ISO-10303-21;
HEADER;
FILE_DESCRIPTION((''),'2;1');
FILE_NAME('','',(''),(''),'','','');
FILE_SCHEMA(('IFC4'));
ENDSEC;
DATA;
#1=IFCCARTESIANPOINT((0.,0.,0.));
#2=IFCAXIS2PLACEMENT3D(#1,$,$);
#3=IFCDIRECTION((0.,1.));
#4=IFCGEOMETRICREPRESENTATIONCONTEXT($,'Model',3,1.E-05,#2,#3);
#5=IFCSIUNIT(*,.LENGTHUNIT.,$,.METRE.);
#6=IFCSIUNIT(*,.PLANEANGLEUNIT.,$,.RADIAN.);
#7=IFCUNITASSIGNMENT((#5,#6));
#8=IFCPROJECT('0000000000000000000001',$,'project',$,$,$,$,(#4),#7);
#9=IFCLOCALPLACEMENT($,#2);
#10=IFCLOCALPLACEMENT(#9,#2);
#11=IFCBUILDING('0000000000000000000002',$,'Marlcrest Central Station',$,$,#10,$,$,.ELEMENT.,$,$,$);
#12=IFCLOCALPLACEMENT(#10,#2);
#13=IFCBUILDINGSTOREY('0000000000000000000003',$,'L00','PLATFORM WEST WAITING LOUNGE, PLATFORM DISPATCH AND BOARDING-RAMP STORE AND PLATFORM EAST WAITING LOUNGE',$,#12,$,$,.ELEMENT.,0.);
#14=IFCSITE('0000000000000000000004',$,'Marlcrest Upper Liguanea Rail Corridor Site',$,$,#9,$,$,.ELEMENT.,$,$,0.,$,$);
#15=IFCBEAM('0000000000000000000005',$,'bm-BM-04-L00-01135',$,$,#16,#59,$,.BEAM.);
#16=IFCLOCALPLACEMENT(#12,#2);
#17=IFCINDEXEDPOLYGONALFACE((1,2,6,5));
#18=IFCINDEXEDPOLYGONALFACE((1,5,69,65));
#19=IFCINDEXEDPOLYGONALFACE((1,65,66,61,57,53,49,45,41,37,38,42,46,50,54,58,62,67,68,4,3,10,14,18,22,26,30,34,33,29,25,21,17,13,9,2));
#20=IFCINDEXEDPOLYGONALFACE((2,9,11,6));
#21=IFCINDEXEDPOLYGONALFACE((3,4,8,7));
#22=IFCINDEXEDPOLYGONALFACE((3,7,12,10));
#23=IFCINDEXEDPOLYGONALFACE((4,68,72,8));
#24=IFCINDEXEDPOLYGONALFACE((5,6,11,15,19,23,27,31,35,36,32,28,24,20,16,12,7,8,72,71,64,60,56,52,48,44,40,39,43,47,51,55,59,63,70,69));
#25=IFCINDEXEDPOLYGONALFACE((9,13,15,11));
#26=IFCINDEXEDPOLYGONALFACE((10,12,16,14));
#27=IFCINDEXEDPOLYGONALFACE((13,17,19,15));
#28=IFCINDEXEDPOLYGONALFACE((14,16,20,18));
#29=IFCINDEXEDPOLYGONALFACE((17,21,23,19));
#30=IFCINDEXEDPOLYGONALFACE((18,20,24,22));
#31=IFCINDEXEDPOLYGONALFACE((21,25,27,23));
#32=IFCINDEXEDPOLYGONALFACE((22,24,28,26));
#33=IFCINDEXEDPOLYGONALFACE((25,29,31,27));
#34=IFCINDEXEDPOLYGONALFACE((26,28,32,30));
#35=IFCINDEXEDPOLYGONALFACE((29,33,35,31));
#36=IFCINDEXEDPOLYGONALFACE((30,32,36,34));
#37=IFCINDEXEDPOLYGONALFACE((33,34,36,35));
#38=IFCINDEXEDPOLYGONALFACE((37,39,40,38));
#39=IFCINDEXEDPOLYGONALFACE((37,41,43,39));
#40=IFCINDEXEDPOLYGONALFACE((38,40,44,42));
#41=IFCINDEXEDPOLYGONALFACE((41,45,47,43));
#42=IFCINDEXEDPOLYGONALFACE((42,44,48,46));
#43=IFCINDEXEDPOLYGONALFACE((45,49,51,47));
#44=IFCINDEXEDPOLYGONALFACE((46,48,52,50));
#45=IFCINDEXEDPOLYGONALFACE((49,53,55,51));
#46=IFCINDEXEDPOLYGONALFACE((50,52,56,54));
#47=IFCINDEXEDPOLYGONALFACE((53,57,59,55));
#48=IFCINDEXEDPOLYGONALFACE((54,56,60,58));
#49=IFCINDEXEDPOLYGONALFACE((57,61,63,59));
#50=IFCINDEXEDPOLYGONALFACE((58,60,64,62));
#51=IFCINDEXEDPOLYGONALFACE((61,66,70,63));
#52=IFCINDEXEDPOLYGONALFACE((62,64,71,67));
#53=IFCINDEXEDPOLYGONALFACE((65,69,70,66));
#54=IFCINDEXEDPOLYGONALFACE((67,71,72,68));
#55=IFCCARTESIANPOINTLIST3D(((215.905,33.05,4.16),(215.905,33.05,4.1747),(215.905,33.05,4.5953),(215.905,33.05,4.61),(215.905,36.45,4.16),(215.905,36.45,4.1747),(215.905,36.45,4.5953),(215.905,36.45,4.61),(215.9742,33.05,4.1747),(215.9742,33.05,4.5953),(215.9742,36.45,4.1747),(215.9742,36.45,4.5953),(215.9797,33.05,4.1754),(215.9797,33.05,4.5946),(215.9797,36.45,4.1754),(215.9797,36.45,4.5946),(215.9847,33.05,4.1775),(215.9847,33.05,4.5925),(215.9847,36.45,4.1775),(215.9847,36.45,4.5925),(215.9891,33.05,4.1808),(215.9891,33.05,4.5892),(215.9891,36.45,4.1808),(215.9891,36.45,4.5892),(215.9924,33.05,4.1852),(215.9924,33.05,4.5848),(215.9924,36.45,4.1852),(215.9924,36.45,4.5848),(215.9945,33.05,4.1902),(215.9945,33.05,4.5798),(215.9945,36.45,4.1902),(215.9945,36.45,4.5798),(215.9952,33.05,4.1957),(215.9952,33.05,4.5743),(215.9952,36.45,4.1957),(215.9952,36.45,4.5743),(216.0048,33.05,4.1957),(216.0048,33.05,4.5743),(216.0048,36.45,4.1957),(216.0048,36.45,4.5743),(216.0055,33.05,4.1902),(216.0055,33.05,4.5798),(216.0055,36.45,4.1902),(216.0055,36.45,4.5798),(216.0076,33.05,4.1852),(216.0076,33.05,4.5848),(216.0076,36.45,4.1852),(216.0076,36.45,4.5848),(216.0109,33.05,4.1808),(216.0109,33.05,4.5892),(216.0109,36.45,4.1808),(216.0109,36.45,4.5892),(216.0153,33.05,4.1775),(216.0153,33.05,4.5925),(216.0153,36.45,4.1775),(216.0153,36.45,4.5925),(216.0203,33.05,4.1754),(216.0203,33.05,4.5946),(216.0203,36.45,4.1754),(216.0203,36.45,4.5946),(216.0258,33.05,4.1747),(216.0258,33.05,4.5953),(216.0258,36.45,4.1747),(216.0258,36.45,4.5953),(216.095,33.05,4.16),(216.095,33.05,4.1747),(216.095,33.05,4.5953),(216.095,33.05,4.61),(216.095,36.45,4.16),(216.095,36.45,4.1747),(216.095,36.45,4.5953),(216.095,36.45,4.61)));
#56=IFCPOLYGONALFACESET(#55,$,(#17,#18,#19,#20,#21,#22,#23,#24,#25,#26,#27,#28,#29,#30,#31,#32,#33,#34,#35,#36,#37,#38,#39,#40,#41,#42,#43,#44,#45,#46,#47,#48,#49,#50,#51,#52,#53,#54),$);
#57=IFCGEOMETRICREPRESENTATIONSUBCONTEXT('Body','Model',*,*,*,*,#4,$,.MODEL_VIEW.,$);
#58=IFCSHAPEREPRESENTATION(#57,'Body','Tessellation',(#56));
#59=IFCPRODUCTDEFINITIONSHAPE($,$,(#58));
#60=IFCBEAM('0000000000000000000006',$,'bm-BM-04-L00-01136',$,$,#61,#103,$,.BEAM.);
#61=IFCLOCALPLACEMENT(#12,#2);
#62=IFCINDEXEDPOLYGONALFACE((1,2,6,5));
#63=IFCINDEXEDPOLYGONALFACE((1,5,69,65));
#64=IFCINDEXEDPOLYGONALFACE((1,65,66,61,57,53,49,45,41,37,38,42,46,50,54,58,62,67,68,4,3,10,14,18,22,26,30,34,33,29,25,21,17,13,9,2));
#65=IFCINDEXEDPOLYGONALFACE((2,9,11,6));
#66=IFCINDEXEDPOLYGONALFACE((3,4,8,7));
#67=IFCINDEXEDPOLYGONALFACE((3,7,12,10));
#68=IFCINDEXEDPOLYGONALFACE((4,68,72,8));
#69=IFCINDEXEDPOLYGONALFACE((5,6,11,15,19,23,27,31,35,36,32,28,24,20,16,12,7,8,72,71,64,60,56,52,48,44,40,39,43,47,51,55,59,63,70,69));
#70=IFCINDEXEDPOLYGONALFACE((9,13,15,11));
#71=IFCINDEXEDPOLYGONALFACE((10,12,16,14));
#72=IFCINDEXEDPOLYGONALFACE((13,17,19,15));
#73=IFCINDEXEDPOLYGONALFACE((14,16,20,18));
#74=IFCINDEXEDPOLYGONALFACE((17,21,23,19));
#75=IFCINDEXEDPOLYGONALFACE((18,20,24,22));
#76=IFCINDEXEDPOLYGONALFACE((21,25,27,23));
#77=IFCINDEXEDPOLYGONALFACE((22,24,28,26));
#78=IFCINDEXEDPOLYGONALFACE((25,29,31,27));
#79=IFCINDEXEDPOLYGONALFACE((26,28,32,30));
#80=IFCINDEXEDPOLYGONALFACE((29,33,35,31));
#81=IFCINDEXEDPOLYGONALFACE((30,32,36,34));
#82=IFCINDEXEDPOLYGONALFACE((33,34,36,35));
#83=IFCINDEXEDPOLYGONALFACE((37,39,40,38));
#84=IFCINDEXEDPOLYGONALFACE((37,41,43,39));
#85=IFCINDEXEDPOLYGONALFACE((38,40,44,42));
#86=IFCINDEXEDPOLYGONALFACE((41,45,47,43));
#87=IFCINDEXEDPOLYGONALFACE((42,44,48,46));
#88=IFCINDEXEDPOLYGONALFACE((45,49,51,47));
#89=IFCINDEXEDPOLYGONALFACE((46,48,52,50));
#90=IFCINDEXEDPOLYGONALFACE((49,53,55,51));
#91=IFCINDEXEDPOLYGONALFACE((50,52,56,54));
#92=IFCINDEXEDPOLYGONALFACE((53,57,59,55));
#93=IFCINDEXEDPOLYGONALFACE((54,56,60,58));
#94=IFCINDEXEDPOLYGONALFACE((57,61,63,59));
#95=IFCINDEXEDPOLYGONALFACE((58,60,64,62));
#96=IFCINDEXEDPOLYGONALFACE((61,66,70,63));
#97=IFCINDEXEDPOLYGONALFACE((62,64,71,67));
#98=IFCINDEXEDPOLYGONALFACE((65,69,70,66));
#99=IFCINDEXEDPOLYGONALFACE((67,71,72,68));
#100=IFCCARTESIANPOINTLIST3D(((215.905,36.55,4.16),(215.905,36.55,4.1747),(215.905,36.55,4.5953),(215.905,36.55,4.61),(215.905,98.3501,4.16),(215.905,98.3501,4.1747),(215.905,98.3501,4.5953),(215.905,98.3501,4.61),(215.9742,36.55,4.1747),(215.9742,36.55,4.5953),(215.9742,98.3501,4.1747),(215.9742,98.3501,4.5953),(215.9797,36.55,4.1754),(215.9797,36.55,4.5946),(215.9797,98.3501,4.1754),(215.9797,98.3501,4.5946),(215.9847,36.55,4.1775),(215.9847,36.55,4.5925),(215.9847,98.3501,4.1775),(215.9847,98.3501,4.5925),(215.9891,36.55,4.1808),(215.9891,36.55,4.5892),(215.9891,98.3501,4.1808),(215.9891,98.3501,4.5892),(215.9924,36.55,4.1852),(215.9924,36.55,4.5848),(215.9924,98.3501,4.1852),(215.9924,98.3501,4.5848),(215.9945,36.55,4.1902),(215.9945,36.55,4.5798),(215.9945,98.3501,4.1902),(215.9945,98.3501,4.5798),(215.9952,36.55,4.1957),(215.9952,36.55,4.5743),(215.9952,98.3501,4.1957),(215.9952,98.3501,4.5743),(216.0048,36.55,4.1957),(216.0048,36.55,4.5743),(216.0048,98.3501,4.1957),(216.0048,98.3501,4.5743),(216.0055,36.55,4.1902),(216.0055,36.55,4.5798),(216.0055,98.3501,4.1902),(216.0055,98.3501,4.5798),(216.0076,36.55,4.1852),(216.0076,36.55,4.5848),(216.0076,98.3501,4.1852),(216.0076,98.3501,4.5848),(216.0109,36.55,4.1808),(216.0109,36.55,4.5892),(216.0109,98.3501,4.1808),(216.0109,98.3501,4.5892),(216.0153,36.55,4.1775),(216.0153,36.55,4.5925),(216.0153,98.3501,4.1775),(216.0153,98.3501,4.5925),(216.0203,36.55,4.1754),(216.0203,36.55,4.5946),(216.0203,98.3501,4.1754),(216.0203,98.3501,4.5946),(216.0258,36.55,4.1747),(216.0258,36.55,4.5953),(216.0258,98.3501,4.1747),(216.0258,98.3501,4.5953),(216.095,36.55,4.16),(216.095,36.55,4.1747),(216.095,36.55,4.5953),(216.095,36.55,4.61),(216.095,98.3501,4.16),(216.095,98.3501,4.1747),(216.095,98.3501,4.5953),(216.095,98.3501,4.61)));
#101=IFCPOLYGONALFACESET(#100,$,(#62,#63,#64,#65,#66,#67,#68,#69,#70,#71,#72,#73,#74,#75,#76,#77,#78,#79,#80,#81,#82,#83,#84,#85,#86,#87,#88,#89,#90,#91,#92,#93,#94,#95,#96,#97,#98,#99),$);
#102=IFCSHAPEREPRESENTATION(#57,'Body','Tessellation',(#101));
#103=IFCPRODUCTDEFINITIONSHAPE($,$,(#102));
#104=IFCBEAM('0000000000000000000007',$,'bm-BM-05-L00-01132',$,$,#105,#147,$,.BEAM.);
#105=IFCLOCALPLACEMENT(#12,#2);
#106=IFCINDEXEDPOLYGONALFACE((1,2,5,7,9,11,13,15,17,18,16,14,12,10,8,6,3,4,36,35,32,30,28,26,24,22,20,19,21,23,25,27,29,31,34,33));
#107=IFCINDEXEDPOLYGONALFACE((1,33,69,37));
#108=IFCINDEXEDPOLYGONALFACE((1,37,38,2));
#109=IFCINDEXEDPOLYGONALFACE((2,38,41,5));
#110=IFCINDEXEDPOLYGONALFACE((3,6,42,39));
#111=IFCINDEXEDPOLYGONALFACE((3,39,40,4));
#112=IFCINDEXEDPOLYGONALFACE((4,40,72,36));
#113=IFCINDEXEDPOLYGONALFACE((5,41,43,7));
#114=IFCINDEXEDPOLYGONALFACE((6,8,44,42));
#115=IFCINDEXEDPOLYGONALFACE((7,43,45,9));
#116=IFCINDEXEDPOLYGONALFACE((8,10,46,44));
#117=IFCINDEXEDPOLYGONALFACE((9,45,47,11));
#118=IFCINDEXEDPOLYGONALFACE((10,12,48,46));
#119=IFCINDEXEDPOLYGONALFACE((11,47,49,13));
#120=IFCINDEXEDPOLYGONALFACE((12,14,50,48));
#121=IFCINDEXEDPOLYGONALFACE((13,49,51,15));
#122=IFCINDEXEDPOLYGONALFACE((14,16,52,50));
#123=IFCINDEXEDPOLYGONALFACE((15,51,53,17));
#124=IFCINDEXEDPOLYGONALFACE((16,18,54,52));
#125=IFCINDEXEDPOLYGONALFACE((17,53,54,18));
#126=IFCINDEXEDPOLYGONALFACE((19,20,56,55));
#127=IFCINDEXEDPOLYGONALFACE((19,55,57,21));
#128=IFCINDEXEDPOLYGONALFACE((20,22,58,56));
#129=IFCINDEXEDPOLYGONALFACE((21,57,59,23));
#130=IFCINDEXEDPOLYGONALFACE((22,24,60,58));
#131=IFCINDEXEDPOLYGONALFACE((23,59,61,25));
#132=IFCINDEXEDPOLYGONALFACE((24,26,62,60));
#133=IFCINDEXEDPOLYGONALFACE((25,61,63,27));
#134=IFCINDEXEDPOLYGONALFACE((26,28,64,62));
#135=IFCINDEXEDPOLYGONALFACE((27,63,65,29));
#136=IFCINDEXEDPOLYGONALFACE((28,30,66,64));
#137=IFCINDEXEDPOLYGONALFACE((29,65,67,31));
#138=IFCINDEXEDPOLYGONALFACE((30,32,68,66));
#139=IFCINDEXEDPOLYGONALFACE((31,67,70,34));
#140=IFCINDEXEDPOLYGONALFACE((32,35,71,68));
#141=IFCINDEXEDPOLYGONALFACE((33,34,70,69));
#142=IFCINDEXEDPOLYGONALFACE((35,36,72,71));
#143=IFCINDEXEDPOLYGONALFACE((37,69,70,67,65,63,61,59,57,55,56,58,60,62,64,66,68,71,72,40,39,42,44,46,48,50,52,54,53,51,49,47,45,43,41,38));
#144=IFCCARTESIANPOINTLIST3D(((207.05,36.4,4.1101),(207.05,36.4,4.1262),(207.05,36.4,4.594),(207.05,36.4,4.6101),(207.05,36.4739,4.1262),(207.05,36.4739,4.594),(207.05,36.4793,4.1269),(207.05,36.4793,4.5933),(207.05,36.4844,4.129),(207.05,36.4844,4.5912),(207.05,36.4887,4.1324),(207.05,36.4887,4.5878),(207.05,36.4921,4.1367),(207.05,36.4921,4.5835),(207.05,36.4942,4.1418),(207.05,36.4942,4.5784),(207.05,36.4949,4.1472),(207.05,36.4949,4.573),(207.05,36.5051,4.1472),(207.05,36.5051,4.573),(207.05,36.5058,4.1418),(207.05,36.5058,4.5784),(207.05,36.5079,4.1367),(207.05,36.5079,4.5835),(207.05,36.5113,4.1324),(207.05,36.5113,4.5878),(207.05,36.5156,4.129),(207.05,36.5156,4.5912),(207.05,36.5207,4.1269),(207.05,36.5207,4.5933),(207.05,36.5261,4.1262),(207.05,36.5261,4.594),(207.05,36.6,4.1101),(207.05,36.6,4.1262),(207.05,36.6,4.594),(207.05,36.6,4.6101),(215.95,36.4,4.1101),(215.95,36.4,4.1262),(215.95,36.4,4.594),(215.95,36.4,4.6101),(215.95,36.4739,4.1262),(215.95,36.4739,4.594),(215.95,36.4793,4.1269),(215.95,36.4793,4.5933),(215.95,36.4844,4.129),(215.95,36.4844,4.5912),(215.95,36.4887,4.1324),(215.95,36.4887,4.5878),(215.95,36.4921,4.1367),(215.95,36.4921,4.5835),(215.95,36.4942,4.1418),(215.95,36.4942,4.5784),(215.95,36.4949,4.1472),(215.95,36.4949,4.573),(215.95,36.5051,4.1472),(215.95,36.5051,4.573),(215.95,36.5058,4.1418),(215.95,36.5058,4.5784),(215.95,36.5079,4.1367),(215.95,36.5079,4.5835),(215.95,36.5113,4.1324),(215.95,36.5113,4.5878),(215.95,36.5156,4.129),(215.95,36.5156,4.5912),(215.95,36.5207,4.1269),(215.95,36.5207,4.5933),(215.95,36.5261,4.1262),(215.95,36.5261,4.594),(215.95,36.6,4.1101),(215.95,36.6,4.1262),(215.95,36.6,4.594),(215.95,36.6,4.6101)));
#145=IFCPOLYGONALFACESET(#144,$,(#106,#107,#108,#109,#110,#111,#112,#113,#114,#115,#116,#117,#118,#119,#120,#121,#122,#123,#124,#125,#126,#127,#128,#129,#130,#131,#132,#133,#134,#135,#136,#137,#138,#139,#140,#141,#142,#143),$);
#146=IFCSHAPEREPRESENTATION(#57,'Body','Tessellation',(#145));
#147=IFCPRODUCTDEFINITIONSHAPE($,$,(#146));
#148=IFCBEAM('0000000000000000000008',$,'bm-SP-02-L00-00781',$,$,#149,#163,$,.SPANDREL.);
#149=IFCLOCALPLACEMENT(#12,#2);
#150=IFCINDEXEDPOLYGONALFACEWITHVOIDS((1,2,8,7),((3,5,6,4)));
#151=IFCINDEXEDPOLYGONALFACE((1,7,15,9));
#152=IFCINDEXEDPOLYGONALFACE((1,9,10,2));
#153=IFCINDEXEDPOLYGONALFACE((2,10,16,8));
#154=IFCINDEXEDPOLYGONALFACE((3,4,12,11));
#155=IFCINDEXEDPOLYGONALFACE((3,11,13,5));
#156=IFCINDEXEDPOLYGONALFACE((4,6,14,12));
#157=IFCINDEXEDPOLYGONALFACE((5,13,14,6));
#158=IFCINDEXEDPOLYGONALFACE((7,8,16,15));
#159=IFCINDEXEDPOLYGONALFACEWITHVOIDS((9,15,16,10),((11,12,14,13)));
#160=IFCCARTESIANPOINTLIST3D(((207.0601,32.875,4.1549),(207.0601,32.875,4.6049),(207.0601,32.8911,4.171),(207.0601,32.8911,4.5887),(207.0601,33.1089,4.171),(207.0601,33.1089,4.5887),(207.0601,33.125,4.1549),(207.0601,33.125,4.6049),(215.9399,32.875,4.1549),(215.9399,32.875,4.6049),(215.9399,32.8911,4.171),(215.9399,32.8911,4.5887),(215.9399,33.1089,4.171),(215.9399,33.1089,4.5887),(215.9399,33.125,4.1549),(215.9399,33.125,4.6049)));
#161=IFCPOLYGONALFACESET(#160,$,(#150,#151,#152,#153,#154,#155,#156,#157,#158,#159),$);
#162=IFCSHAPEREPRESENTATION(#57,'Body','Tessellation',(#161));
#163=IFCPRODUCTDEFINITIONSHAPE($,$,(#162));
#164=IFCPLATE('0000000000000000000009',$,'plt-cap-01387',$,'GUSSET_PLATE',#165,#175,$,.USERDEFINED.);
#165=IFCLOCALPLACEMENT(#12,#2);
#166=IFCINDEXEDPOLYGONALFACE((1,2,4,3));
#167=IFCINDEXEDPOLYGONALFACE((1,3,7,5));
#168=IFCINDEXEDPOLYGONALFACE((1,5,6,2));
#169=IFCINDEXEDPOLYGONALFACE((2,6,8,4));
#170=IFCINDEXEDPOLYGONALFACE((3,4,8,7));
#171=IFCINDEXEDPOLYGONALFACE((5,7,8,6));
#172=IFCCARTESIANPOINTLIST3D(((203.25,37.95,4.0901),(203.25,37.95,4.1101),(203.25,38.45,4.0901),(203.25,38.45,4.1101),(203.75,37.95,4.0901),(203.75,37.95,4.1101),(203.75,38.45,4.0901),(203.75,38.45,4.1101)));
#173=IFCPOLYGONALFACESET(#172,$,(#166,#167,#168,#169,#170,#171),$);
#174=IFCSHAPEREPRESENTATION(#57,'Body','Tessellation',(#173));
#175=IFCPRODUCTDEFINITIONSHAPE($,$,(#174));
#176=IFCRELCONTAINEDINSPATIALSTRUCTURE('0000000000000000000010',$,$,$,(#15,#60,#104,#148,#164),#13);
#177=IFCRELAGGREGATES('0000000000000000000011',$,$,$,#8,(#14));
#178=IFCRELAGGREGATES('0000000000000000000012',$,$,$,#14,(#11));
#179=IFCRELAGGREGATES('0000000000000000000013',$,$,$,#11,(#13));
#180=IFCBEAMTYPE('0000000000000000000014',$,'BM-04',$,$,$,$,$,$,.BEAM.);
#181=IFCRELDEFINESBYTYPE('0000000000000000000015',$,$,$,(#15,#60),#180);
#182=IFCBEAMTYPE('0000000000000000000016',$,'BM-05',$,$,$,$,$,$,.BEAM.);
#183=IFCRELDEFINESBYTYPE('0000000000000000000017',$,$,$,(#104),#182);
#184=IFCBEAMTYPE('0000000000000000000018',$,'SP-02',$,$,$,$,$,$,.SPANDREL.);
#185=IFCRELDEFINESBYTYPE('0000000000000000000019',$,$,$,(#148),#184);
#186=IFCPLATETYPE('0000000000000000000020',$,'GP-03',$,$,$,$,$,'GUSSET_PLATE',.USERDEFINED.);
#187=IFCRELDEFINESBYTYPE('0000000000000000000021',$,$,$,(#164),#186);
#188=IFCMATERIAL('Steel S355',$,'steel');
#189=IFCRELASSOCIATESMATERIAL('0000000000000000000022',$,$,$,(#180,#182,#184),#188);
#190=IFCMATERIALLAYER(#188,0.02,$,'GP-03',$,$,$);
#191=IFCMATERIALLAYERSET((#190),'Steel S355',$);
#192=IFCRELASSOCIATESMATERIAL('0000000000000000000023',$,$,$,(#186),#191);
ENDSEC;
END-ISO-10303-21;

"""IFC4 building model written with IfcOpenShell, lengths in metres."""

from ifc_helpers import new_model, si_unit, direction, frame, origin, origin_2d, place, context, subcontext, project, spatial, rectangle, hollow_rectangle, i_section, extrude, material, layer, layer_set, material_profile, profile_set, type_object, element, save


model = new_model("IFC4")

# Units and contexts
model_context = context("Model", 3, precision=1e-05, world=origin(), true_north=direction((0.0, 1.0)))
body_context = subcontext(model_context, "Body", "Model", "MODEL_VIEW")
ifc_project = project(units=[si_unit("LENGTHUNIT", "METRE"), si_unit("PLANEANGLEUNIT", "RADIAN")], contexts=[model_context])

# Site, building, storey
site_placement = place(None, origin())
site = spatial("IfcSite", under=ifc_project, at=site_placement, Name="Marlcrest Upper Liguanea Rail Corridor Site", CompositionType="ELEMENT", RefElevation=0.0)
building_placement = place(site_placement, origin())
building = spatial("IfcBuilding", under=site, at=building_placement, Name="Marlcrest Central Station", CompositionType="ELEMENT")
storey_placement = place(building_placement, origin())
storey = spatial("IfcBuildingStorey", under=building, at=storey_placement, Name="L00", Description="PLATFORM WEST WAITING LOUNGE, PLATFORM DISPATCH AND BOARDING-RAMP STORE AND PLATFORM EAST WAITING LOUNGE", CompositionType="ELEMENT", Elevation=0.0)

# Shared definitions
ifc_material_1 = material(Name="Steel S355", Category="steel")

# Beams
ifc_material_profile_1 = material_profile(ifc_material_1, i_section(OverallWidth=0.1899, OverallDepth=0.45, WebThickness=0.0095, FlangeThickness=0.0146, FilletRadius=0.021, at=origin_2d()), Name="IPE 450")
ifc_profile_set_1 = profile_set([ifc_material_profile_1], Name="Steel S355")
beam_type_1 = type_object("IfcBeamType", Name="BM-04", PredefinedType="BEAM", material=ifc_profile_set_1)
beam_1_placement = place(storey_placement, frame((216.0, 33.05, 4.385), z_axis=(0.0, 1.0, 0.0), x_axis=(-1.0, 0.0, 0.0)))
element("IfcBeam", 1, at=beam_1_placement, inside=storey, type_object=beam_type_1, Name="bm-BM-04-L00-01135", PredefinedType="BEAM", context=body_context, shape_type="SweptSolid", body=[
    extrude(i_section(OverallWidth=0.1899, OverallDepth=0.45, WebThickness=0.0095, FlangeThickness=0.0146, FilletRadius=0.021, at=origin_2d()), origin(), (0.0, 0.0, 1.0), 3.3999),
])
beam_2_placement = place(storey_placement, frame((216.0, 36.55, 4.385), z_axis=(0.0, 1.0, 0.0), x_axis=(-1.0, 0.0, 0.0)))
element("IfcBeam", 2, at=beam_2_placement, inside=storey, type_object=beam_type_1, Name="bm-BM-04-L00-01136", PredefinedType="BEAM", context=body_context, shape_type="SweptSolid", body=[
    extrude(i_section(OverallWidth=0.1899, OverallDepth=0.45, WebThickness=0.0095, FlangeThickness=0.0146, FilletRadius=0.021, at=origin_2d()), origin(), (0.0, 0.0, 1.0), 61.8),
])
ifc_material_profile_2 = material_profile(ifc_material_1, i_section(OverallWidth=0.2, OverallDepth=0.5, WebThickness=0.0103, FlangeThickness=0.0161, FilletRadius=0.021, at=origin_2d()), Name="IPE 500")
ifc_profile_set_2 = profile_set([ifc_material_profile_2], Name="Steel S355")
beam_type_2 = type_object("IfcBeamType", Name="BM-05", PredefinedType="BEAM", material=ifc_profile_set_2)
beam_3_placement = place(storey_placement, frame((207.05, 36.5, 4.3601), z_axis=(1.0, 0.0, 0.0), x_axis=(0.0, 1.0, 0.0)))
element("IfcBeam", 3, at=beam_3_placement, inside=storey, type_object=beam_type_2, Name="bm-BM-05-L00-01132", PredefinedType="BEAM", context=body_context, shape_type="SweptSolid", body=[
    extrude(i_section(OverallWidth=0.2, OverallDepth=0.5, WebThickness=0.0103, FlangeThickness=0.0161, FilletRadius=0.021, at=origin_2d()), origin(), (0.0, 0.0, 1.0), 8.8999),
])
ifc_material_profile_3 = material_profile(ifc_material_1, hollow_rectangle(XDim=0.25, YDim=0.45, WallThickness=0.0161, at=origin_2d()), Name="RHS 450x250x16")
ifc_profile_set_3 = profile_set([ifc_material_profile_3], Name="Steel S355")
beam_type_3 = type_object("IfcBeamType", Name="SP-02", PredefinedType="SPANDREL", material=ifc_profile_set_3)
beam_4_placement = place(storey_placement, frame((207.0601, 33.0, 4.3799), z_axis=(1.0, 0.0, 0.0), x_axis=(0.0, 1.0, 0.0)))
element("IfcBeam", 4, at=beam_4_placement, inside=storey, type_object=beam_type_3, Name="bm-SP-02-L00-00781", PredefinedType="SPANDREL", context=body_context, shape_type="SweptSolid", body=[
    extrude(hollow_rectangle(XDim=0.25, YDim=0.45, WallThickness=0.0161, at=origin_2d()), origin(), (0.0, 0.0, 1.0), 8.8799),
])

# Plate
ifc_layer_1 = layer(ifc_material_1, 0.02, Name="GP-03")
ifc_layer_set_1 = layer_set([ifc_layer_1], Name="Steel S355")
plate_type = type_object("IfcPlateType", Name="GP-03", ElementType="GUSSET_PLATE", PredefinedType="USERDEFINED", material=ifc_layer_set_1)
plate_placement = place(storey_placement, frame((203.5, 38.2, 4.0901), z_axis=(0.0, 0.0, 1.0), x_axis=(1.0, 0.0, 0.0)))
element("IfcPlate", 5, at=plate_placement, inside=storey, type_object=plate_type, Name="plt-cap-01387", ObjectType="GUSSET_PLATE", PredefinedType="USERDEFINED", context=body_context, shape_type="SweptSolid", body=[
    extrude(rectangle(XDim=0.5, YDim=0.5, at=origin_2d()), origin(), (0.0, 0.0, 1.0), 0.02),
])

save(model, "model.ifc")
